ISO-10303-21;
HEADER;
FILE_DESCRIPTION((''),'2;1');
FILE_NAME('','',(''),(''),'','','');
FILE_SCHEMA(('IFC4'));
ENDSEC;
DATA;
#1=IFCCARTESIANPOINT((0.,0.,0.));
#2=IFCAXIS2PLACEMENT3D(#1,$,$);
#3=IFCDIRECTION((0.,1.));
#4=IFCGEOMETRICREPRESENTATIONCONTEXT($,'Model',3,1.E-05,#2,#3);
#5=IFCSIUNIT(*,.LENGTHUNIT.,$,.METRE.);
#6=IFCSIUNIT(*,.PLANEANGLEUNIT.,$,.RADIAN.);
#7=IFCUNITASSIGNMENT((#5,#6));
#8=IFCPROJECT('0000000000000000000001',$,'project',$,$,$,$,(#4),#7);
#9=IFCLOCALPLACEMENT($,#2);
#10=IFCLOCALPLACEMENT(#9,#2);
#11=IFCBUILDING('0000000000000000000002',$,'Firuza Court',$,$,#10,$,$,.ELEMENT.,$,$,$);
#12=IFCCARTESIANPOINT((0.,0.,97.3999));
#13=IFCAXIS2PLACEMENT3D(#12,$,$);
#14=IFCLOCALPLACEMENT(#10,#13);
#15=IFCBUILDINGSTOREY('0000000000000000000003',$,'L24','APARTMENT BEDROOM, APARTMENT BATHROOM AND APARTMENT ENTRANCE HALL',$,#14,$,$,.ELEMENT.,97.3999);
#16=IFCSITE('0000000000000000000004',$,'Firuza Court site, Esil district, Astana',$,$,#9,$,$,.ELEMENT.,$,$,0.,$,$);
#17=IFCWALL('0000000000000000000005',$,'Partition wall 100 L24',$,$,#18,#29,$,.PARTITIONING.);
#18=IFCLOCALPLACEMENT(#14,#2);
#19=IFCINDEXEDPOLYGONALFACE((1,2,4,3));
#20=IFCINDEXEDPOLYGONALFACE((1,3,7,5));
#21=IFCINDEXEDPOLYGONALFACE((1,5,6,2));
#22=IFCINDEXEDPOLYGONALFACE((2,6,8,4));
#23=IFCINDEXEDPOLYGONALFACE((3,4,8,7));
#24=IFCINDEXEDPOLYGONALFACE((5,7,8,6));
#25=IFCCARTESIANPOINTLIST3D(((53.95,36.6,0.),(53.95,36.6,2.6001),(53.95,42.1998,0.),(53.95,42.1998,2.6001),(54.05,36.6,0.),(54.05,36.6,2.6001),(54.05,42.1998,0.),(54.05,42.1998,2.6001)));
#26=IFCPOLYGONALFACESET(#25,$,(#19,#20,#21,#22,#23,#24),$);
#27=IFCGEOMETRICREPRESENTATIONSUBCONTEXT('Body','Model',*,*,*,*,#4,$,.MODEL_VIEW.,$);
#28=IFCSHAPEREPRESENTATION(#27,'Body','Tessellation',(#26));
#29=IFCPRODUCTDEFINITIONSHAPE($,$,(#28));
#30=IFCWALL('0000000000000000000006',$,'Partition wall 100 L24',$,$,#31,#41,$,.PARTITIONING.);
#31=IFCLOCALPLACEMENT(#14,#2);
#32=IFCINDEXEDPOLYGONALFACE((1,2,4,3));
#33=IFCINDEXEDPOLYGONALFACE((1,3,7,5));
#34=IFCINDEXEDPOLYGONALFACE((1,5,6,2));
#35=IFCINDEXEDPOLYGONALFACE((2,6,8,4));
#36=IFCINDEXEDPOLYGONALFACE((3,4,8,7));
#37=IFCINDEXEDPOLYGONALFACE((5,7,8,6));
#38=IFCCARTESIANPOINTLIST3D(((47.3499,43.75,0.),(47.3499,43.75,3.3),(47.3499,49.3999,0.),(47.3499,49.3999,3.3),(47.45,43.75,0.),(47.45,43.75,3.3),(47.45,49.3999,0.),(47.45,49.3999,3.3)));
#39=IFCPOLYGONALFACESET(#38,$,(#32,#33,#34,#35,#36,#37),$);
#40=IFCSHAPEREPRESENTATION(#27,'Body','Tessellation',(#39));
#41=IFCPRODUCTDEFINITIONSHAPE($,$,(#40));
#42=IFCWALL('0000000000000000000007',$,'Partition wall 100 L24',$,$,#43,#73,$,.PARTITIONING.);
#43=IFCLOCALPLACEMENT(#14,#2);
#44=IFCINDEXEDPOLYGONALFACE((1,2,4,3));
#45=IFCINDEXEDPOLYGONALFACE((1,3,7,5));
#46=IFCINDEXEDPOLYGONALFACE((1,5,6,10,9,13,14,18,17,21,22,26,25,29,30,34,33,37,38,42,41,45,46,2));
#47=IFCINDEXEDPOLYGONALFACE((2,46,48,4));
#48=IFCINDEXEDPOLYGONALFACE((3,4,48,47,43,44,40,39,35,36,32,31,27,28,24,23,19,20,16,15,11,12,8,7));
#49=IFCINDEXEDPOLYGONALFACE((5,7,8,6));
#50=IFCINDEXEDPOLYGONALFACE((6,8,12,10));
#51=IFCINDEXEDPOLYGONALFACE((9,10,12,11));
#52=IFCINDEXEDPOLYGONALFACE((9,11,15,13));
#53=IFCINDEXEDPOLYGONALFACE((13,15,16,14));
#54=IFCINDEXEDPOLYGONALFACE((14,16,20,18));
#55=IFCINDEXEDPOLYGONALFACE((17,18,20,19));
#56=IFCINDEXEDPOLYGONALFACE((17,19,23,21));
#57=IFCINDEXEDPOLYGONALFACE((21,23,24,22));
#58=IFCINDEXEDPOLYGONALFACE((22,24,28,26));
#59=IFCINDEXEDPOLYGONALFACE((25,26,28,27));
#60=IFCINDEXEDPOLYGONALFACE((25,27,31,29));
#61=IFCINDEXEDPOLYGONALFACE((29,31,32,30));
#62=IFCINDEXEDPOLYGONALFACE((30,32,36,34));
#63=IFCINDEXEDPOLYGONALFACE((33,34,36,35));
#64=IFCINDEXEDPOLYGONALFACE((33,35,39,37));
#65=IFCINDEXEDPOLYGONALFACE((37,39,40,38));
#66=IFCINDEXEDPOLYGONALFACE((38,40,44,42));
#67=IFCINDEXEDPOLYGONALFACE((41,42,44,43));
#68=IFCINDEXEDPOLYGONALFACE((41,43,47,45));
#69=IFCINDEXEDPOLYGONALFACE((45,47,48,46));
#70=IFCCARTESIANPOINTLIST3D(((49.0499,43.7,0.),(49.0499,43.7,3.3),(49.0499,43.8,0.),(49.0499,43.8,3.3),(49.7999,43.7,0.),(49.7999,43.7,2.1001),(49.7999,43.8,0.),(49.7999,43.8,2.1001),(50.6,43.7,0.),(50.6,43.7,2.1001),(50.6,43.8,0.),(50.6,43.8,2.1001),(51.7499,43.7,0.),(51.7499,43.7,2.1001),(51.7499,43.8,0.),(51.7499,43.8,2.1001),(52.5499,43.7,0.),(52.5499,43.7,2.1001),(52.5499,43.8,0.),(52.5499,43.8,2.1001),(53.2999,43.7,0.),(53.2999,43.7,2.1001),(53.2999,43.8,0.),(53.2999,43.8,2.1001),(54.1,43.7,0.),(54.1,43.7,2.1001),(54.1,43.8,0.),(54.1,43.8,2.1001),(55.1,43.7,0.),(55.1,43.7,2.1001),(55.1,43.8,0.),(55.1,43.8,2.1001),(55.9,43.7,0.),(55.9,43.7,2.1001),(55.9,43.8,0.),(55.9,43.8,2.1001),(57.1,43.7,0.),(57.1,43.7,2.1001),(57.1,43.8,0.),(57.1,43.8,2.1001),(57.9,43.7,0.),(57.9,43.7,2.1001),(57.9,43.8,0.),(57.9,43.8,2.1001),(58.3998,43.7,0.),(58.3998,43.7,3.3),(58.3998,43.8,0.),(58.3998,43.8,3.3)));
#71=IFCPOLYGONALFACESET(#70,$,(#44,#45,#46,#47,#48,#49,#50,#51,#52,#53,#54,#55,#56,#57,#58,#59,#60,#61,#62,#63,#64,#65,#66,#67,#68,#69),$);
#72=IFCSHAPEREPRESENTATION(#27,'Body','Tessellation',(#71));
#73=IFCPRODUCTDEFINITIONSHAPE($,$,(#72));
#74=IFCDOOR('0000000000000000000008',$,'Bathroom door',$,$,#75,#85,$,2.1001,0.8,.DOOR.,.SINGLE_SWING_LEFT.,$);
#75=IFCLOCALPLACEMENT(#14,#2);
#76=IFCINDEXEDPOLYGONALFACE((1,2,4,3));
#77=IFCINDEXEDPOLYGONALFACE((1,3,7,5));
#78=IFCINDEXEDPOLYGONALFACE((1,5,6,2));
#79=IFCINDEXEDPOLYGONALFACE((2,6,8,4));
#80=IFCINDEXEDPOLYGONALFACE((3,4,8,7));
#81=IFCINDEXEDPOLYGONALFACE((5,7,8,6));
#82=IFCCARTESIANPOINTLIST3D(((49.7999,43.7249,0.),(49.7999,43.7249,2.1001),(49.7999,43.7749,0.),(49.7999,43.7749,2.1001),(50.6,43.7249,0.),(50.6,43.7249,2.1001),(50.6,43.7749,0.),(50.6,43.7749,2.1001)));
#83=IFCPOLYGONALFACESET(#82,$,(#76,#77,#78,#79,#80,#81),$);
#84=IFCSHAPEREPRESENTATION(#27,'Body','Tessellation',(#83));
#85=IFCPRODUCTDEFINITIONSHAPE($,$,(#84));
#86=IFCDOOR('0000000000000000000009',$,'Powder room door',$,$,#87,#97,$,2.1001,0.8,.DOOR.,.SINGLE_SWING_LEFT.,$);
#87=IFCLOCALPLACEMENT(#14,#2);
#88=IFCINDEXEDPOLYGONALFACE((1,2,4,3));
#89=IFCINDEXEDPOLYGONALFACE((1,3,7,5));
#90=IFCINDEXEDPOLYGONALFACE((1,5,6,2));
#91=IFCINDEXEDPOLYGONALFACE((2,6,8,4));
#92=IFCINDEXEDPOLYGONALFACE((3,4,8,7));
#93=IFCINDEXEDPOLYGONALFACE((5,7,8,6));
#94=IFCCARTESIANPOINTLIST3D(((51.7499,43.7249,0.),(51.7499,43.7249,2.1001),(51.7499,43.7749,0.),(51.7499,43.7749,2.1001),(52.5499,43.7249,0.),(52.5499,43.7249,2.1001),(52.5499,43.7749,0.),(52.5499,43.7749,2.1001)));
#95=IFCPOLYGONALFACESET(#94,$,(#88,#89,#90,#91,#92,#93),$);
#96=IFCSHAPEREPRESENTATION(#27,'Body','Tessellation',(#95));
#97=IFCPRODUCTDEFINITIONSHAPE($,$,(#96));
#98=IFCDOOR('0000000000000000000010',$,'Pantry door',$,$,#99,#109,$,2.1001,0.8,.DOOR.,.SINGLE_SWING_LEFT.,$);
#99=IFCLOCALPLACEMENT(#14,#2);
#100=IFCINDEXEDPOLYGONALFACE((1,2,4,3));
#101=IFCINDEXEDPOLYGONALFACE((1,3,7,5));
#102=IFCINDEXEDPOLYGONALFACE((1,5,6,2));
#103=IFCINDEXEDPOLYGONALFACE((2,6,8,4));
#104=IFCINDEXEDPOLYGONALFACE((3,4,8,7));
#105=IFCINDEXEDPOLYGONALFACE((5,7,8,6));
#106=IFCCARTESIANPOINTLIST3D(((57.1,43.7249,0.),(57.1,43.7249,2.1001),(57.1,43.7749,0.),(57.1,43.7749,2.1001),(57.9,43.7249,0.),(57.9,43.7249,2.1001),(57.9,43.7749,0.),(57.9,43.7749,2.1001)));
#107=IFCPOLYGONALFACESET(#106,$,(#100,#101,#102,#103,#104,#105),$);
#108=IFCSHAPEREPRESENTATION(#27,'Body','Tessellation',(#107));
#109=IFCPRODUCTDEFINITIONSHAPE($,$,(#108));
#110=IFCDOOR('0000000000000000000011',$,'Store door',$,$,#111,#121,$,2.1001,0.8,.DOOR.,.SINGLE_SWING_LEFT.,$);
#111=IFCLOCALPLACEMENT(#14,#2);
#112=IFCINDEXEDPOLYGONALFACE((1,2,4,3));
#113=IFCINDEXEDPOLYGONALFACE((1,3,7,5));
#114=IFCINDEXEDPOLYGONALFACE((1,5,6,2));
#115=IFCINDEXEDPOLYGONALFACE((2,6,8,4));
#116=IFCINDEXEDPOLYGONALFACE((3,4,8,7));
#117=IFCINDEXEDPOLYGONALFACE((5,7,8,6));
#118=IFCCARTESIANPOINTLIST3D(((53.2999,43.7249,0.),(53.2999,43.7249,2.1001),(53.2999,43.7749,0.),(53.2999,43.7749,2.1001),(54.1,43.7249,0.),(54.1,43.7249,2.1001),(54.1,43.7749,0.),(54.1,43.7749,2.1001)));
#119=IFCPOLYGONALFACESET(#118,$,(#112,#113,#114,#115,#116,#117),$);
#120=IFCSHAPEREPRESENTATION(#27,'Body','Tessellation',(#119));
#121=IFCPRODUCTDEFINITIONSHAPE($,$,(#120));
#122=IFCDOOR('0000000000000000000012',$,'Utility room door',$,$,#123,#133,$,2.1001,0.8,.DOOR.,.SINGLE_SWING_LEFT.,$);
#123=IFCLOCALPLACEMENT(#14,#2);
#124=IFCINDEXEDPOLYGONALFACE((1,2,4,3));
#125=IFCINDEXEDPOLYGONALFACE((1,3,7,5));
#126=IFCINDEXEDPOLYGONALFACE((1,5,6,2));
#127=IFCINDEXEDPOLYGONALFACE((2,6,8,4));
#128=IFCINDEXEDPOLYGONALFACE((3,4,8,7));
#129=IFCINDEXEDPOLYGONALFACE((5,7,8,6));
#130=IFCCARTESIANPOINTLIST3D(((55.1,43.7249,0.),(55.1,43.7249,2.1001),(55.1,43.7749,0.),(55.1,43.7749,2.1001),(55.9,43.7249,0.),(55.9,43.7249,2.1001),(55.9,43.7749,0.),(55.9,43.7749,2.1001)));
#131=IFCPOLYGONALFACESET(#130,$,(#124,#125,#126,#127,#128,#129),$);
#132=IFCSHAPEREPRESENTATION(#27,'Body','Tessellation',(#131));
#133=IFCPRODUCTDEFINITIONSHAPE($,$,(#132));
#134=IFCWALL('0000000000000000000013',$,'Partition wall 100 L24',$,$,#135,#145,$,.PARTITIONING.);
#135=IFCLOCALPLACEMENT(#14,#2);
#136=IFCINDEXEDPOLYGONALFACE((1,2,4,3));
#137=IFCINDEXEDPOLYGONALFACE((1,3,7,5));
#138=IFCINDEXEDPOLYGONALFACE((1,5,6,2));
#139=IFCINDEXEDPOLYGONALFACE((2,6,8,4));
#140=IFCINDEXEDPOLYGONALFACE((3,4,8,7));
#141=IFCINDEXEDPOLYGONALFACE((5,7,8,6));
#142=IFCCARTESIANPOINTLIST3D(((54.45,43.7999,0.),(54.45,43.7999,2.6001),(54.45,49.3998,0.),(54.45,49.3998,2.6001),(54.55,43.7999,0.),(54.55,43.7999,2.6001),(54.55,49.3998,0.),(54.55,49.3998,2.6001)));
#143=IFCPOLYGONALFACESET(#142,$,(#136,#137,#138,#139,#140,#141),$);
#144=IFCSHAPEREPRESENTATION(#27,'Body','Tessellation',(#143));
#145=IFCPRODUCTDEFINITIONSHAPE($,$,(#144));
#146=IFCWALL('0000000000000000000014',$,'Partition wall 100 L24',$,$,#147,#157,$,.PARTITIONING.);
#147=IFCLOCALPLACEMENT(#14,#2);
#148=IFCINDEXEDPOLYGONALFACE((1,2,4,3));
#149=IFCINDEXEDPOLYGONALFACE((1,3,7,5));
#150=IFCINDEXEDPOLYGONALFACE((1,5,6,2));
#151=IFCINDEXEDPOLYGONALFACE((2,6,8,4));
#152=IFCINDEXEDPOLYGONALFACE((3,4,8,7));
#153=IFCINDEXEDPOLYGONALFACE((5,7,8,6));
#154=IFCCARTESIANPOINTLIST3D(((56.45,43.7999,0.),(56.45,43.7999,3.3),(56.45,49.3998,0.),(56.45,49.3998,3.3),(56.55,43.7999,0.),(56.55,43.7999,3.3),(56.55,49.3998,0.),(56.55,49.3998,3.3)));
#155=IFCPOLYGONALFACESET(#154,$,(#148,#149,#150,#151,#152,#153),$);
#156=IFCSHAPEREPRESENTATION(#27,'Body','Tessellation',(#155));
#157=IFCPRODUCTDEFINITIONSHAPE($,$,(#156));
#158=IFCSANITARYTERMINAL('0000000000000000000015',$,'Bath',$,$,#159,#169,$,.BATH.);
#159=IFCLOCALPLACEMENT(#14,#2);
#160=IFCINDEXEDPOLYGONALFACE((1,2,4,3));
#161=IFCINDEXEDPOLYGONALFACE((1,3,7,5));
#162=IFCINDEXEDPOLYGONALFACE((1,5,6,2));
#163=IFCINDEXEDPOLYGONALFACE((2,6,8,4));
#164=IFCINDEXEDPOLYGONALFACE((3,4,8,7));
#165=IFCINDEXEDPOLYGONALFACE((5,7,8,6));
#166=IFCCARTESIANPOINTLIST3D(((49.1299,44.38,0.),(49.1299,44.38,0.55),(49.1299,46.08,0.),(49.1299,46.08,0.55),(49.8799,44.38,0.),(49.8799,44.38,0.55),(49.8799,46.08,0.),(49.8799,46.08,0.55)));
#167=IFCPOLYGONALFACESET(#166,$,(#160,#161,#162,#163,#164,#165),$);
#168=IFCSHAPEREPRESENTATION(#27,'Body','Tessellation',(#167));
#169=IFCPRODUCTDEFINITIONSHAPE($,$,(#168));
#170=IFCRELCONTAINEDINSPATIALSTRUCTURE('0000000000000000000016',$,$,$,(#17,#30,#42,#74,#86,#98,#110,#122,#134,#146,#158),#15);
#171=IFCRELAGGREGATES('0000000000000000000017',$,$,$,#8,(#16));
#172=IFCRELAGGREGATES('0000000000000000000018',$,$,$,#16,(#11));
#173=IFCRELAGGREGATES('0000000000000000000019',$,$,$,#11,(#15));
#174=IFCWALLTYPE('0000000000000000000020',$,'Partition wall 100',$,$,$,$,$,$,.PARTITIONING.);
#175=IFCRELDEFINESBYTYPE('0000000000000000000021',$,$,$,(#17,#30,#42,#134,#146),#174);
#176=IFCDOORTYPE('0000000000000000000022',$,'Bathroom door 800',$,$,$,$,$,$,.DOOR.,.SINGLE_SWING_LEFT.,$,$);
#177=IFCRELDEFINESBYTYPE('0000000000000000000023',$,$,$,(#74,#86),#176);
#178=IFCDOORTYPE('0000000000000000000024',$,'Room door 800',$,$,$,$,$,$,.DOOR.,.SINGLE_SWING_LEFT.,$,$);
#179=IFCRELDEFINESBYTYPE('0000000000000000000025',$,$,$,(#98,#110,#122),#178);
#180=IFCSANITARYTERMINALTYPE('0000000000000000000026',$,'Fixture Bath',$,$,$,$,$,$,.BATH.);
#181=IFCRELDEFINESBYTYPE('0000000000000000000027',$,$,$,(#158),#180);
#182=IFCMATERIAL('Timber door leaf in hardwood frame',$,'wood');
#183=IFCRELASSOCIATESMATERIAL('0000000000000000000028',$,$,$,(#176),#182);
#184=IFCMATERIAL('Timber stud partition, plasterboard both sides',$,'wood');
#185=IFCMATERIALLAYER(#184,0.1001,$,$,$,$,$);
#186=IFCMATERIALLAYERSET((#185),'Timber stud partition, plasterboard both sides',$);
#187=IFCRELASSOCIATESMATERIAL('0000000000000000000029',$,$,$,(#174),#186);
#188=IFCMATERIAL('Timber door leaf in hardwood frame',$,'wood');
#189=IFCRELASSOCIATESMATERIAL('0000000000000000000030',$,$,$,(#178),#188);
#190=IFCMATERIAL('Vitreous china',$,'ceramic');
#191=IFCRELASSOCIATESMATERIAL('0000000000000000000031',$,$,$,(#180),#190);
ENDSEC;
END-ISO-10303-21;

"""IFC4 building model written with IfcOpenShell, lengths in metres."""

from ifc_helpers import new_model, si_unit, direction, frame, frame_2d, origin, origin_2d, place, context, subcontext, project, spatial, rectangle, extrude, material, layer, layer_set, type_object, element, fill, save


model = new_model("IFC4")

# Units and contexts
model_context = context("Model", 3, precision=1e-05, world=origin(), true_north=direction((0.0, 1.0)))
body_context = subcontext(model_context, "Body", "Model", "MODEL_VIEW")
ifc_project = project(units=[si_unit("LENGTHUNIT", "METRE"), si_unit("PLANEANGLEUNIT", "RADIAN")], contexts=[model_context])

# Site, building, storey
site_placement = place(None, origin())
site = spatial("IfcSite", under=ifc_project, at=site_placement, Name="Firuza Court site, Esil district, Astana", CompositionType="ELEMENT", RefElevation=0.0)
building_placement = place(site_placement, origin())
building = spatial("IfcBuilding", under=site, at=building_placement, Name="Firuza Court", CompositionType="ELEMENT")
storey_placement = place(building_placement, frame((0.0, 0.0, 97.3999)))
storey = spatial("IfcBuildingStorey", under=building, at=storey_placement, Name="L24", Description="APARTMENT BEDROOM, APARTMENT BATHROOM AND APARTMENT ENTRANCE HALL", CompositionType="ELEMENT", Elevation=97.3999)

# Shared definitions
ifc_material_1 = material(Name="Timber door leaf in hardwood frame", Category="wood")
door_type_1 = type_object("IfcDoorType", Name="Bathroom door 800", OperationType="SINGLE_SWING_LEFT", PredefinedType="DOOR", material=ifc_material_1)

# Walls
ifc_material_2 = material(Name="Timber stud partition, plasterboard both sides", Category="wood")
ifc_layer_1 = layer(ifc_material_2, 0.1001)
ifc_layer_set_1 = layer_set([ifc_layer_1], Name="Timber stud partition, plasterboard both sides")
wall_type_1 = type_object("IfcWallType", Name="Partition wall 100", PredefinedType="PARTITIONING", material=ifc_layer_set_1)
wall_1_placement = place(storey_placement, frame((54.0, 36.6001, 0.0), z_axis=(0.0, 0.0, 1.0), x_axis=(0.0, 1.0, 0.0)))
element("IfcWall", 1, at=wall_1_placement, inside=storey, type_object=wall_type_1, Name="Partition wall 100 L24", PredefinedType="PARTITIONING", context=body_context, shape_type="SweptSolid", body=[
    extrude(rectangle(XDim=5.5999, YDim=0.1001, at=frame_2d((2.7998, 0.0))), origin(), (0.0, 0.0, 1.0), 2.6001),
])
wall_2_placement = place(storey_placement, frame((47.3999, 43.75, 0.0), z_axis=(0.0, 0.0, 1.0), x_axis=(0.0, 1.0, 0.0)))
element("IfcWall", 2, at=wall_2_placement, inside=storey, type_object=wall_type_1, Name="Partition wall 100 L24", PredefinedType="PARTITIONING", context=body_context, shape_type="SweptSolid", body=[
    extrude(rectangle(XDim=5.6499, YDim=0.1001, at=frame_2d((2.825, 0.0))), origin(), (0.0, 0.0, 1.0), 3.3),
])

# Wall, openings, doors
wall_3_placement = place(storey_placement, frame((49.05, 43.75, 0.0), z_axis=(0.0, 0.0, 1.0), x_axis=(1.0, 0.0, 0.0)))
wall_3 = element("IfcWall", 3, at=wall_3_placement, inside=storey, type_object=wall_type_1, Name="Partition wall 100 L24", PredefinedType="PARTITIONING", context=body_context, shape_type="SweptSolid", body=[
    extrude(rectangle(XDim=9.3499, YDim=0.1001, at=frame_2d((4.6748, 0.0))), origin(), (0.0, 0.0, 1.0), 3.3),
])
opening_1_placement = place(wall_3_placement, frame((0.75, 0.0, 0.0)))
opening_1 = element("IfcOpeningElement", 4, at=opening_1_placement, cuts=wall_3, PredefinedType="OPENING", context=body_context, shape_type="SweptSolid", body=[
    extrude(rectangle(XDim=0.8, YDim=2.1001, at=frame_2d((0.3999, 1.05))), frame((0.0, 0.062, 0.0), z_axis=(0.0, -1.0, 0.0), x_axis=(1.0, 0.0, 0.0)), (0.0, 0.0, 1.0), 0.124),
])
opening_2_placement = place(wall_3_placement, frame((8.05, 0.0, 0.0)))
opening_2 = element("IfcOpeningElement", 5, at=opening_2_placement, cuts=wall_3, PredefinedType="OPENING", context=body_context, shape_type="SweptSolid", body=[
    extrude(rectangle(XDim=0.8, YDim=2.1001, at=frame_2d((0.3999, 1.05))), frame((0.0, 0.062, 0.0), z_axis=(0.0, -1.0, 0.0), x_axis=(1.0, 0.0, 0.0)), (0.0, 0.0, 1.0), 0.124),
])
opening_3_placement = place(wall_3_placement, frame((4.25, 0.0, 0.0)))
opening_3 = element("IfcOpeningElement", 6, at=opening_3_placement, cuts=wall_3, PredefinedType="OPENING", context=body_context, shape_type="SweptSolid", body=[
    extrude(rectangle(XDim=0.8, YDim=2.1001, at=frame_2d((0.3999, 1.05))), frame((0.0, 0.062, 0.0), z_axis=(0.0, -1.0, 0.0), x_axis=(1.0, 0.0, 0.0)), (0.0, 0.0, 1.0), 0.124),
])
opening_4_placement = place(wall_3_placement, frame((6.05, 0.0, 0.0)))
opening_4 = element("IfcOpeningElement", 7, at=opening_4_placement, cuts=wall_3, PredefinedType="OPENING", context=body_context, shape_type="SweptSolid", body=[
    extrude(rectangle(XDim=0.8, YDim=2.1001, at=frame_2d((0.3999, 1.05))), frame((0.0, 0.062, 0.0), z_axis=(0.0, -1.0, 0.0), x_axis=(1.0, 0.0, 0.0)), (0.0, 0.0, 1.0), 0.124),
])
opening_5_placement = place(wall_3_placement, frame((2.7, 0.0, 0.0)))
opening_5 = element("IfcOpeningElement", 8, at=opening_5_placement, cuts=wall_3, PredefinedType="OPENING", context=body_context, shape_type="SweptSolid", body=[
    extrude(rectangle(XDim=0.8, YDim=2.1001, at=frame_2d((0.3999, 1.05))), frame((0.0, 0.062, 0.0), z_axis=(0.0, -1.0, 0.0), x_axis=(1.0, 0.0, 0.0)), (0.0, 0.0, 1.0), 0.124),
])
door_1_placement = place(opening_1_placement, origin())
door_1 = element("IfcDoor", 9, at=door_1_placement, inside=storey, type_object=door_type_1, Name="Bathroom door", OperationType="SINGLE_SWING_LEFT", OverallHeight=2.1001, OverallWidth=0.8, PredefinedType="DOOR", context=body_context, shape_type="SweptSolid", body=[
    extrude(rectangle(XDim=0.8, YDim=2.1001, at=frame_2d((0.3999, 1.05))), frame((0.0, 0.0249, 0.0), z_axis=(0.0, -1.0, 0.0), x_axis=(1.0, 0.0, 0.0)), (0.0, 0.0, 1.0), 0.05),
])
fill(opening_1, door_1)
door_2_placement = place(opening_5_placement, origin())
door_2 = element("IfcDoor", 10, at=door_2_placement, inside=storey, type_object=door_type_1, Name="Powder room door", OperationType="SINGLE_SWING_LEFT", OverallHeight=2.1001, OverallWidth=0.8, PredefinedType="DOOR", context=body_context, shape_type="SweptSolid", body=[
    extrude(rectangle(XDim=0.8, YDim=2.1001, at=frame_2d((0.3999, 1.05))), frame((0.0, 0.0249, 0.0), z_axis=(0.0, -1.0, 0.0), x_axis=(1.0, 0.0, 0.0)), (0.0, 0.0, 1.0), 0.05),
])
fill(opening_5, door_2)
ifc_material_3 = material(Name="Timber door leaf in hardwood frame", Category="wood")
door_type_2 = type_object("IfcDoorType", Name="Room door 800", OperationType="SINGLE_SWING_LEFT", PredefinedType="DOOR", material=ifc_material_3)
door_3_placement = place(opening_2_placement, origin())
door_3 = element("IfcDoor", 11, at=door_3_placement, inside=storey, type_object=door_type_2, Name="Pantry door", OperationType="SINGLE_SWING_LEFT", OverallHeight=2.1001, OverallWidth=0.8, PredefinedType="DOOR", context=body_context, shape_type="SweptSolid", body=[
    extrude(rectangle(XDim=0.8, YDim=2.1001, at=frame_2d((0.3999, 1.05))), frame((0.0, 0.0249, 0.0), z_axis=(0.0, -1.0, 0.0), x_axis=(1.0, 0.0, 0.0)), (0.0, 0.0, 1.0), 0.05),
])
fill(opening_2, door_3)
door_4_placement = place(opening_3_placement, origin())
door_4 = element("IfcDoor", 12, at=door_4_placement, inside=storey, type_object=door_type_2, Name="Store door", OperationType="SINGLE_SWING_LEFT", OverallHeight=2.1001, OverallWidth=0.8, PredefinedType="DOOR", context=body_context, shape_type="SweptSolid", body=[
    extrude(rectangle(XDim=0.8, YDim=2.1001, at=frame_2d((0.3999, 1.05))), frame((0.0, 0.0249, 0.0), z_axis=(0.0, -1.0, 0.0), x_axis=(1.0, 0.0, 0.0)), (0.0, 0.0, 1.0), 0.05),
])
fill(opening_3, door_4)
door_5_placement = place(opening_4_placement, origin())
door_5 = element("IfcDoor", 13, at=door_5_placement, inside=storey, type_object=door_type_2, Name="Utility room door", OperationType="SINGLE_SWING_LEFT", OverallHeight=2.1001, OverallWidth=0.8, PredefinedType="DOOR", context=body_context, shape_type="SweptSolid", body=[
    extrude(rectangle(XDim=0.8, YDim=2.1001, at=frame_2d((0.3999, 1.05))), frame((0.0, 0.0249, 0.0), z_axis=(0.0, -1.0, 0.0), x_axis=(1.0, 0.0, 0.0)), (0.0, 0.0, 1.0), 0.05),
])
fill(opening_4, door_5)

# Walls
wall_4_placement = place(storey_placement, frame((54.5, 43.8, 0.0), z_axis=(0.0, 0.0, 1.0), x_axis=(0.0, 1.0, 0.0)))
element("IfcWall", 14, at=wall_4_placement, inside=storey, type_object=wall_type_1, Name="Partition wall 100 L24", PredefinedType="PARTITIONING", context=body_context, shape_type="SweptSolid", body=[
    extrude(rectangle(XDim=5.5999, YDim=0.1001, at=frame_2d((2.7998, 0.0))), origin(), (0.0, 0.0, 1.0), 2.6001),
])
wall_5_placement = place(storey_placement, frame((56.5, 43.8, 0.0), z_axis=(0.0, 0.0, 1.0), x_axis=(0.0, 1.0, 0.0)))
element("IfcWall", 15, at=wall_5_placement, inside=storey, type_object=wall_type_1, Name="Partition wall 100 L24", PredefinedType="PARTITIONING", context=body_context, shape_type="SweptSolid", body=[
    extrude(rectangle(XDim=5.5999, YDim=0.1001, at=frame_2d((2.7998, 0.0))), origin(), (0.0, 0.0, 1.0), 3.3),
])

# Sanitary terminal
ifc_material_4 = material(Name="Vitreous china", Category="ceramic")
sanitary_terminal_type_1 = type_object("IfcSanitaryTerminalType", Name="Fixture Bath", PredefinedType="BATH", material=ifc_material_4)
sanitary_terminal_placement = place(storey_placement, frame((49.5049, 45.23, 0.0), z_axis=(0.0, 0.0, 1.0), x_axis=(1.0, 0.0, 0.0)))
element("IfcSanitaryTerminal", 16, at=sanitary_terminal_placement, inside=storey, type_object=sanitary_terminal_type_1, Name="Bath", PredefinedType="BATH", context=body_context, shape_type="SweptSolid", body=[
    extrude(rectangle(XDim=0.75, YDim=1.7, at=origin_2d()), origin(), (0.0, 0.0, 1.0), 0.55),
])

save(model, "model.ifc")
